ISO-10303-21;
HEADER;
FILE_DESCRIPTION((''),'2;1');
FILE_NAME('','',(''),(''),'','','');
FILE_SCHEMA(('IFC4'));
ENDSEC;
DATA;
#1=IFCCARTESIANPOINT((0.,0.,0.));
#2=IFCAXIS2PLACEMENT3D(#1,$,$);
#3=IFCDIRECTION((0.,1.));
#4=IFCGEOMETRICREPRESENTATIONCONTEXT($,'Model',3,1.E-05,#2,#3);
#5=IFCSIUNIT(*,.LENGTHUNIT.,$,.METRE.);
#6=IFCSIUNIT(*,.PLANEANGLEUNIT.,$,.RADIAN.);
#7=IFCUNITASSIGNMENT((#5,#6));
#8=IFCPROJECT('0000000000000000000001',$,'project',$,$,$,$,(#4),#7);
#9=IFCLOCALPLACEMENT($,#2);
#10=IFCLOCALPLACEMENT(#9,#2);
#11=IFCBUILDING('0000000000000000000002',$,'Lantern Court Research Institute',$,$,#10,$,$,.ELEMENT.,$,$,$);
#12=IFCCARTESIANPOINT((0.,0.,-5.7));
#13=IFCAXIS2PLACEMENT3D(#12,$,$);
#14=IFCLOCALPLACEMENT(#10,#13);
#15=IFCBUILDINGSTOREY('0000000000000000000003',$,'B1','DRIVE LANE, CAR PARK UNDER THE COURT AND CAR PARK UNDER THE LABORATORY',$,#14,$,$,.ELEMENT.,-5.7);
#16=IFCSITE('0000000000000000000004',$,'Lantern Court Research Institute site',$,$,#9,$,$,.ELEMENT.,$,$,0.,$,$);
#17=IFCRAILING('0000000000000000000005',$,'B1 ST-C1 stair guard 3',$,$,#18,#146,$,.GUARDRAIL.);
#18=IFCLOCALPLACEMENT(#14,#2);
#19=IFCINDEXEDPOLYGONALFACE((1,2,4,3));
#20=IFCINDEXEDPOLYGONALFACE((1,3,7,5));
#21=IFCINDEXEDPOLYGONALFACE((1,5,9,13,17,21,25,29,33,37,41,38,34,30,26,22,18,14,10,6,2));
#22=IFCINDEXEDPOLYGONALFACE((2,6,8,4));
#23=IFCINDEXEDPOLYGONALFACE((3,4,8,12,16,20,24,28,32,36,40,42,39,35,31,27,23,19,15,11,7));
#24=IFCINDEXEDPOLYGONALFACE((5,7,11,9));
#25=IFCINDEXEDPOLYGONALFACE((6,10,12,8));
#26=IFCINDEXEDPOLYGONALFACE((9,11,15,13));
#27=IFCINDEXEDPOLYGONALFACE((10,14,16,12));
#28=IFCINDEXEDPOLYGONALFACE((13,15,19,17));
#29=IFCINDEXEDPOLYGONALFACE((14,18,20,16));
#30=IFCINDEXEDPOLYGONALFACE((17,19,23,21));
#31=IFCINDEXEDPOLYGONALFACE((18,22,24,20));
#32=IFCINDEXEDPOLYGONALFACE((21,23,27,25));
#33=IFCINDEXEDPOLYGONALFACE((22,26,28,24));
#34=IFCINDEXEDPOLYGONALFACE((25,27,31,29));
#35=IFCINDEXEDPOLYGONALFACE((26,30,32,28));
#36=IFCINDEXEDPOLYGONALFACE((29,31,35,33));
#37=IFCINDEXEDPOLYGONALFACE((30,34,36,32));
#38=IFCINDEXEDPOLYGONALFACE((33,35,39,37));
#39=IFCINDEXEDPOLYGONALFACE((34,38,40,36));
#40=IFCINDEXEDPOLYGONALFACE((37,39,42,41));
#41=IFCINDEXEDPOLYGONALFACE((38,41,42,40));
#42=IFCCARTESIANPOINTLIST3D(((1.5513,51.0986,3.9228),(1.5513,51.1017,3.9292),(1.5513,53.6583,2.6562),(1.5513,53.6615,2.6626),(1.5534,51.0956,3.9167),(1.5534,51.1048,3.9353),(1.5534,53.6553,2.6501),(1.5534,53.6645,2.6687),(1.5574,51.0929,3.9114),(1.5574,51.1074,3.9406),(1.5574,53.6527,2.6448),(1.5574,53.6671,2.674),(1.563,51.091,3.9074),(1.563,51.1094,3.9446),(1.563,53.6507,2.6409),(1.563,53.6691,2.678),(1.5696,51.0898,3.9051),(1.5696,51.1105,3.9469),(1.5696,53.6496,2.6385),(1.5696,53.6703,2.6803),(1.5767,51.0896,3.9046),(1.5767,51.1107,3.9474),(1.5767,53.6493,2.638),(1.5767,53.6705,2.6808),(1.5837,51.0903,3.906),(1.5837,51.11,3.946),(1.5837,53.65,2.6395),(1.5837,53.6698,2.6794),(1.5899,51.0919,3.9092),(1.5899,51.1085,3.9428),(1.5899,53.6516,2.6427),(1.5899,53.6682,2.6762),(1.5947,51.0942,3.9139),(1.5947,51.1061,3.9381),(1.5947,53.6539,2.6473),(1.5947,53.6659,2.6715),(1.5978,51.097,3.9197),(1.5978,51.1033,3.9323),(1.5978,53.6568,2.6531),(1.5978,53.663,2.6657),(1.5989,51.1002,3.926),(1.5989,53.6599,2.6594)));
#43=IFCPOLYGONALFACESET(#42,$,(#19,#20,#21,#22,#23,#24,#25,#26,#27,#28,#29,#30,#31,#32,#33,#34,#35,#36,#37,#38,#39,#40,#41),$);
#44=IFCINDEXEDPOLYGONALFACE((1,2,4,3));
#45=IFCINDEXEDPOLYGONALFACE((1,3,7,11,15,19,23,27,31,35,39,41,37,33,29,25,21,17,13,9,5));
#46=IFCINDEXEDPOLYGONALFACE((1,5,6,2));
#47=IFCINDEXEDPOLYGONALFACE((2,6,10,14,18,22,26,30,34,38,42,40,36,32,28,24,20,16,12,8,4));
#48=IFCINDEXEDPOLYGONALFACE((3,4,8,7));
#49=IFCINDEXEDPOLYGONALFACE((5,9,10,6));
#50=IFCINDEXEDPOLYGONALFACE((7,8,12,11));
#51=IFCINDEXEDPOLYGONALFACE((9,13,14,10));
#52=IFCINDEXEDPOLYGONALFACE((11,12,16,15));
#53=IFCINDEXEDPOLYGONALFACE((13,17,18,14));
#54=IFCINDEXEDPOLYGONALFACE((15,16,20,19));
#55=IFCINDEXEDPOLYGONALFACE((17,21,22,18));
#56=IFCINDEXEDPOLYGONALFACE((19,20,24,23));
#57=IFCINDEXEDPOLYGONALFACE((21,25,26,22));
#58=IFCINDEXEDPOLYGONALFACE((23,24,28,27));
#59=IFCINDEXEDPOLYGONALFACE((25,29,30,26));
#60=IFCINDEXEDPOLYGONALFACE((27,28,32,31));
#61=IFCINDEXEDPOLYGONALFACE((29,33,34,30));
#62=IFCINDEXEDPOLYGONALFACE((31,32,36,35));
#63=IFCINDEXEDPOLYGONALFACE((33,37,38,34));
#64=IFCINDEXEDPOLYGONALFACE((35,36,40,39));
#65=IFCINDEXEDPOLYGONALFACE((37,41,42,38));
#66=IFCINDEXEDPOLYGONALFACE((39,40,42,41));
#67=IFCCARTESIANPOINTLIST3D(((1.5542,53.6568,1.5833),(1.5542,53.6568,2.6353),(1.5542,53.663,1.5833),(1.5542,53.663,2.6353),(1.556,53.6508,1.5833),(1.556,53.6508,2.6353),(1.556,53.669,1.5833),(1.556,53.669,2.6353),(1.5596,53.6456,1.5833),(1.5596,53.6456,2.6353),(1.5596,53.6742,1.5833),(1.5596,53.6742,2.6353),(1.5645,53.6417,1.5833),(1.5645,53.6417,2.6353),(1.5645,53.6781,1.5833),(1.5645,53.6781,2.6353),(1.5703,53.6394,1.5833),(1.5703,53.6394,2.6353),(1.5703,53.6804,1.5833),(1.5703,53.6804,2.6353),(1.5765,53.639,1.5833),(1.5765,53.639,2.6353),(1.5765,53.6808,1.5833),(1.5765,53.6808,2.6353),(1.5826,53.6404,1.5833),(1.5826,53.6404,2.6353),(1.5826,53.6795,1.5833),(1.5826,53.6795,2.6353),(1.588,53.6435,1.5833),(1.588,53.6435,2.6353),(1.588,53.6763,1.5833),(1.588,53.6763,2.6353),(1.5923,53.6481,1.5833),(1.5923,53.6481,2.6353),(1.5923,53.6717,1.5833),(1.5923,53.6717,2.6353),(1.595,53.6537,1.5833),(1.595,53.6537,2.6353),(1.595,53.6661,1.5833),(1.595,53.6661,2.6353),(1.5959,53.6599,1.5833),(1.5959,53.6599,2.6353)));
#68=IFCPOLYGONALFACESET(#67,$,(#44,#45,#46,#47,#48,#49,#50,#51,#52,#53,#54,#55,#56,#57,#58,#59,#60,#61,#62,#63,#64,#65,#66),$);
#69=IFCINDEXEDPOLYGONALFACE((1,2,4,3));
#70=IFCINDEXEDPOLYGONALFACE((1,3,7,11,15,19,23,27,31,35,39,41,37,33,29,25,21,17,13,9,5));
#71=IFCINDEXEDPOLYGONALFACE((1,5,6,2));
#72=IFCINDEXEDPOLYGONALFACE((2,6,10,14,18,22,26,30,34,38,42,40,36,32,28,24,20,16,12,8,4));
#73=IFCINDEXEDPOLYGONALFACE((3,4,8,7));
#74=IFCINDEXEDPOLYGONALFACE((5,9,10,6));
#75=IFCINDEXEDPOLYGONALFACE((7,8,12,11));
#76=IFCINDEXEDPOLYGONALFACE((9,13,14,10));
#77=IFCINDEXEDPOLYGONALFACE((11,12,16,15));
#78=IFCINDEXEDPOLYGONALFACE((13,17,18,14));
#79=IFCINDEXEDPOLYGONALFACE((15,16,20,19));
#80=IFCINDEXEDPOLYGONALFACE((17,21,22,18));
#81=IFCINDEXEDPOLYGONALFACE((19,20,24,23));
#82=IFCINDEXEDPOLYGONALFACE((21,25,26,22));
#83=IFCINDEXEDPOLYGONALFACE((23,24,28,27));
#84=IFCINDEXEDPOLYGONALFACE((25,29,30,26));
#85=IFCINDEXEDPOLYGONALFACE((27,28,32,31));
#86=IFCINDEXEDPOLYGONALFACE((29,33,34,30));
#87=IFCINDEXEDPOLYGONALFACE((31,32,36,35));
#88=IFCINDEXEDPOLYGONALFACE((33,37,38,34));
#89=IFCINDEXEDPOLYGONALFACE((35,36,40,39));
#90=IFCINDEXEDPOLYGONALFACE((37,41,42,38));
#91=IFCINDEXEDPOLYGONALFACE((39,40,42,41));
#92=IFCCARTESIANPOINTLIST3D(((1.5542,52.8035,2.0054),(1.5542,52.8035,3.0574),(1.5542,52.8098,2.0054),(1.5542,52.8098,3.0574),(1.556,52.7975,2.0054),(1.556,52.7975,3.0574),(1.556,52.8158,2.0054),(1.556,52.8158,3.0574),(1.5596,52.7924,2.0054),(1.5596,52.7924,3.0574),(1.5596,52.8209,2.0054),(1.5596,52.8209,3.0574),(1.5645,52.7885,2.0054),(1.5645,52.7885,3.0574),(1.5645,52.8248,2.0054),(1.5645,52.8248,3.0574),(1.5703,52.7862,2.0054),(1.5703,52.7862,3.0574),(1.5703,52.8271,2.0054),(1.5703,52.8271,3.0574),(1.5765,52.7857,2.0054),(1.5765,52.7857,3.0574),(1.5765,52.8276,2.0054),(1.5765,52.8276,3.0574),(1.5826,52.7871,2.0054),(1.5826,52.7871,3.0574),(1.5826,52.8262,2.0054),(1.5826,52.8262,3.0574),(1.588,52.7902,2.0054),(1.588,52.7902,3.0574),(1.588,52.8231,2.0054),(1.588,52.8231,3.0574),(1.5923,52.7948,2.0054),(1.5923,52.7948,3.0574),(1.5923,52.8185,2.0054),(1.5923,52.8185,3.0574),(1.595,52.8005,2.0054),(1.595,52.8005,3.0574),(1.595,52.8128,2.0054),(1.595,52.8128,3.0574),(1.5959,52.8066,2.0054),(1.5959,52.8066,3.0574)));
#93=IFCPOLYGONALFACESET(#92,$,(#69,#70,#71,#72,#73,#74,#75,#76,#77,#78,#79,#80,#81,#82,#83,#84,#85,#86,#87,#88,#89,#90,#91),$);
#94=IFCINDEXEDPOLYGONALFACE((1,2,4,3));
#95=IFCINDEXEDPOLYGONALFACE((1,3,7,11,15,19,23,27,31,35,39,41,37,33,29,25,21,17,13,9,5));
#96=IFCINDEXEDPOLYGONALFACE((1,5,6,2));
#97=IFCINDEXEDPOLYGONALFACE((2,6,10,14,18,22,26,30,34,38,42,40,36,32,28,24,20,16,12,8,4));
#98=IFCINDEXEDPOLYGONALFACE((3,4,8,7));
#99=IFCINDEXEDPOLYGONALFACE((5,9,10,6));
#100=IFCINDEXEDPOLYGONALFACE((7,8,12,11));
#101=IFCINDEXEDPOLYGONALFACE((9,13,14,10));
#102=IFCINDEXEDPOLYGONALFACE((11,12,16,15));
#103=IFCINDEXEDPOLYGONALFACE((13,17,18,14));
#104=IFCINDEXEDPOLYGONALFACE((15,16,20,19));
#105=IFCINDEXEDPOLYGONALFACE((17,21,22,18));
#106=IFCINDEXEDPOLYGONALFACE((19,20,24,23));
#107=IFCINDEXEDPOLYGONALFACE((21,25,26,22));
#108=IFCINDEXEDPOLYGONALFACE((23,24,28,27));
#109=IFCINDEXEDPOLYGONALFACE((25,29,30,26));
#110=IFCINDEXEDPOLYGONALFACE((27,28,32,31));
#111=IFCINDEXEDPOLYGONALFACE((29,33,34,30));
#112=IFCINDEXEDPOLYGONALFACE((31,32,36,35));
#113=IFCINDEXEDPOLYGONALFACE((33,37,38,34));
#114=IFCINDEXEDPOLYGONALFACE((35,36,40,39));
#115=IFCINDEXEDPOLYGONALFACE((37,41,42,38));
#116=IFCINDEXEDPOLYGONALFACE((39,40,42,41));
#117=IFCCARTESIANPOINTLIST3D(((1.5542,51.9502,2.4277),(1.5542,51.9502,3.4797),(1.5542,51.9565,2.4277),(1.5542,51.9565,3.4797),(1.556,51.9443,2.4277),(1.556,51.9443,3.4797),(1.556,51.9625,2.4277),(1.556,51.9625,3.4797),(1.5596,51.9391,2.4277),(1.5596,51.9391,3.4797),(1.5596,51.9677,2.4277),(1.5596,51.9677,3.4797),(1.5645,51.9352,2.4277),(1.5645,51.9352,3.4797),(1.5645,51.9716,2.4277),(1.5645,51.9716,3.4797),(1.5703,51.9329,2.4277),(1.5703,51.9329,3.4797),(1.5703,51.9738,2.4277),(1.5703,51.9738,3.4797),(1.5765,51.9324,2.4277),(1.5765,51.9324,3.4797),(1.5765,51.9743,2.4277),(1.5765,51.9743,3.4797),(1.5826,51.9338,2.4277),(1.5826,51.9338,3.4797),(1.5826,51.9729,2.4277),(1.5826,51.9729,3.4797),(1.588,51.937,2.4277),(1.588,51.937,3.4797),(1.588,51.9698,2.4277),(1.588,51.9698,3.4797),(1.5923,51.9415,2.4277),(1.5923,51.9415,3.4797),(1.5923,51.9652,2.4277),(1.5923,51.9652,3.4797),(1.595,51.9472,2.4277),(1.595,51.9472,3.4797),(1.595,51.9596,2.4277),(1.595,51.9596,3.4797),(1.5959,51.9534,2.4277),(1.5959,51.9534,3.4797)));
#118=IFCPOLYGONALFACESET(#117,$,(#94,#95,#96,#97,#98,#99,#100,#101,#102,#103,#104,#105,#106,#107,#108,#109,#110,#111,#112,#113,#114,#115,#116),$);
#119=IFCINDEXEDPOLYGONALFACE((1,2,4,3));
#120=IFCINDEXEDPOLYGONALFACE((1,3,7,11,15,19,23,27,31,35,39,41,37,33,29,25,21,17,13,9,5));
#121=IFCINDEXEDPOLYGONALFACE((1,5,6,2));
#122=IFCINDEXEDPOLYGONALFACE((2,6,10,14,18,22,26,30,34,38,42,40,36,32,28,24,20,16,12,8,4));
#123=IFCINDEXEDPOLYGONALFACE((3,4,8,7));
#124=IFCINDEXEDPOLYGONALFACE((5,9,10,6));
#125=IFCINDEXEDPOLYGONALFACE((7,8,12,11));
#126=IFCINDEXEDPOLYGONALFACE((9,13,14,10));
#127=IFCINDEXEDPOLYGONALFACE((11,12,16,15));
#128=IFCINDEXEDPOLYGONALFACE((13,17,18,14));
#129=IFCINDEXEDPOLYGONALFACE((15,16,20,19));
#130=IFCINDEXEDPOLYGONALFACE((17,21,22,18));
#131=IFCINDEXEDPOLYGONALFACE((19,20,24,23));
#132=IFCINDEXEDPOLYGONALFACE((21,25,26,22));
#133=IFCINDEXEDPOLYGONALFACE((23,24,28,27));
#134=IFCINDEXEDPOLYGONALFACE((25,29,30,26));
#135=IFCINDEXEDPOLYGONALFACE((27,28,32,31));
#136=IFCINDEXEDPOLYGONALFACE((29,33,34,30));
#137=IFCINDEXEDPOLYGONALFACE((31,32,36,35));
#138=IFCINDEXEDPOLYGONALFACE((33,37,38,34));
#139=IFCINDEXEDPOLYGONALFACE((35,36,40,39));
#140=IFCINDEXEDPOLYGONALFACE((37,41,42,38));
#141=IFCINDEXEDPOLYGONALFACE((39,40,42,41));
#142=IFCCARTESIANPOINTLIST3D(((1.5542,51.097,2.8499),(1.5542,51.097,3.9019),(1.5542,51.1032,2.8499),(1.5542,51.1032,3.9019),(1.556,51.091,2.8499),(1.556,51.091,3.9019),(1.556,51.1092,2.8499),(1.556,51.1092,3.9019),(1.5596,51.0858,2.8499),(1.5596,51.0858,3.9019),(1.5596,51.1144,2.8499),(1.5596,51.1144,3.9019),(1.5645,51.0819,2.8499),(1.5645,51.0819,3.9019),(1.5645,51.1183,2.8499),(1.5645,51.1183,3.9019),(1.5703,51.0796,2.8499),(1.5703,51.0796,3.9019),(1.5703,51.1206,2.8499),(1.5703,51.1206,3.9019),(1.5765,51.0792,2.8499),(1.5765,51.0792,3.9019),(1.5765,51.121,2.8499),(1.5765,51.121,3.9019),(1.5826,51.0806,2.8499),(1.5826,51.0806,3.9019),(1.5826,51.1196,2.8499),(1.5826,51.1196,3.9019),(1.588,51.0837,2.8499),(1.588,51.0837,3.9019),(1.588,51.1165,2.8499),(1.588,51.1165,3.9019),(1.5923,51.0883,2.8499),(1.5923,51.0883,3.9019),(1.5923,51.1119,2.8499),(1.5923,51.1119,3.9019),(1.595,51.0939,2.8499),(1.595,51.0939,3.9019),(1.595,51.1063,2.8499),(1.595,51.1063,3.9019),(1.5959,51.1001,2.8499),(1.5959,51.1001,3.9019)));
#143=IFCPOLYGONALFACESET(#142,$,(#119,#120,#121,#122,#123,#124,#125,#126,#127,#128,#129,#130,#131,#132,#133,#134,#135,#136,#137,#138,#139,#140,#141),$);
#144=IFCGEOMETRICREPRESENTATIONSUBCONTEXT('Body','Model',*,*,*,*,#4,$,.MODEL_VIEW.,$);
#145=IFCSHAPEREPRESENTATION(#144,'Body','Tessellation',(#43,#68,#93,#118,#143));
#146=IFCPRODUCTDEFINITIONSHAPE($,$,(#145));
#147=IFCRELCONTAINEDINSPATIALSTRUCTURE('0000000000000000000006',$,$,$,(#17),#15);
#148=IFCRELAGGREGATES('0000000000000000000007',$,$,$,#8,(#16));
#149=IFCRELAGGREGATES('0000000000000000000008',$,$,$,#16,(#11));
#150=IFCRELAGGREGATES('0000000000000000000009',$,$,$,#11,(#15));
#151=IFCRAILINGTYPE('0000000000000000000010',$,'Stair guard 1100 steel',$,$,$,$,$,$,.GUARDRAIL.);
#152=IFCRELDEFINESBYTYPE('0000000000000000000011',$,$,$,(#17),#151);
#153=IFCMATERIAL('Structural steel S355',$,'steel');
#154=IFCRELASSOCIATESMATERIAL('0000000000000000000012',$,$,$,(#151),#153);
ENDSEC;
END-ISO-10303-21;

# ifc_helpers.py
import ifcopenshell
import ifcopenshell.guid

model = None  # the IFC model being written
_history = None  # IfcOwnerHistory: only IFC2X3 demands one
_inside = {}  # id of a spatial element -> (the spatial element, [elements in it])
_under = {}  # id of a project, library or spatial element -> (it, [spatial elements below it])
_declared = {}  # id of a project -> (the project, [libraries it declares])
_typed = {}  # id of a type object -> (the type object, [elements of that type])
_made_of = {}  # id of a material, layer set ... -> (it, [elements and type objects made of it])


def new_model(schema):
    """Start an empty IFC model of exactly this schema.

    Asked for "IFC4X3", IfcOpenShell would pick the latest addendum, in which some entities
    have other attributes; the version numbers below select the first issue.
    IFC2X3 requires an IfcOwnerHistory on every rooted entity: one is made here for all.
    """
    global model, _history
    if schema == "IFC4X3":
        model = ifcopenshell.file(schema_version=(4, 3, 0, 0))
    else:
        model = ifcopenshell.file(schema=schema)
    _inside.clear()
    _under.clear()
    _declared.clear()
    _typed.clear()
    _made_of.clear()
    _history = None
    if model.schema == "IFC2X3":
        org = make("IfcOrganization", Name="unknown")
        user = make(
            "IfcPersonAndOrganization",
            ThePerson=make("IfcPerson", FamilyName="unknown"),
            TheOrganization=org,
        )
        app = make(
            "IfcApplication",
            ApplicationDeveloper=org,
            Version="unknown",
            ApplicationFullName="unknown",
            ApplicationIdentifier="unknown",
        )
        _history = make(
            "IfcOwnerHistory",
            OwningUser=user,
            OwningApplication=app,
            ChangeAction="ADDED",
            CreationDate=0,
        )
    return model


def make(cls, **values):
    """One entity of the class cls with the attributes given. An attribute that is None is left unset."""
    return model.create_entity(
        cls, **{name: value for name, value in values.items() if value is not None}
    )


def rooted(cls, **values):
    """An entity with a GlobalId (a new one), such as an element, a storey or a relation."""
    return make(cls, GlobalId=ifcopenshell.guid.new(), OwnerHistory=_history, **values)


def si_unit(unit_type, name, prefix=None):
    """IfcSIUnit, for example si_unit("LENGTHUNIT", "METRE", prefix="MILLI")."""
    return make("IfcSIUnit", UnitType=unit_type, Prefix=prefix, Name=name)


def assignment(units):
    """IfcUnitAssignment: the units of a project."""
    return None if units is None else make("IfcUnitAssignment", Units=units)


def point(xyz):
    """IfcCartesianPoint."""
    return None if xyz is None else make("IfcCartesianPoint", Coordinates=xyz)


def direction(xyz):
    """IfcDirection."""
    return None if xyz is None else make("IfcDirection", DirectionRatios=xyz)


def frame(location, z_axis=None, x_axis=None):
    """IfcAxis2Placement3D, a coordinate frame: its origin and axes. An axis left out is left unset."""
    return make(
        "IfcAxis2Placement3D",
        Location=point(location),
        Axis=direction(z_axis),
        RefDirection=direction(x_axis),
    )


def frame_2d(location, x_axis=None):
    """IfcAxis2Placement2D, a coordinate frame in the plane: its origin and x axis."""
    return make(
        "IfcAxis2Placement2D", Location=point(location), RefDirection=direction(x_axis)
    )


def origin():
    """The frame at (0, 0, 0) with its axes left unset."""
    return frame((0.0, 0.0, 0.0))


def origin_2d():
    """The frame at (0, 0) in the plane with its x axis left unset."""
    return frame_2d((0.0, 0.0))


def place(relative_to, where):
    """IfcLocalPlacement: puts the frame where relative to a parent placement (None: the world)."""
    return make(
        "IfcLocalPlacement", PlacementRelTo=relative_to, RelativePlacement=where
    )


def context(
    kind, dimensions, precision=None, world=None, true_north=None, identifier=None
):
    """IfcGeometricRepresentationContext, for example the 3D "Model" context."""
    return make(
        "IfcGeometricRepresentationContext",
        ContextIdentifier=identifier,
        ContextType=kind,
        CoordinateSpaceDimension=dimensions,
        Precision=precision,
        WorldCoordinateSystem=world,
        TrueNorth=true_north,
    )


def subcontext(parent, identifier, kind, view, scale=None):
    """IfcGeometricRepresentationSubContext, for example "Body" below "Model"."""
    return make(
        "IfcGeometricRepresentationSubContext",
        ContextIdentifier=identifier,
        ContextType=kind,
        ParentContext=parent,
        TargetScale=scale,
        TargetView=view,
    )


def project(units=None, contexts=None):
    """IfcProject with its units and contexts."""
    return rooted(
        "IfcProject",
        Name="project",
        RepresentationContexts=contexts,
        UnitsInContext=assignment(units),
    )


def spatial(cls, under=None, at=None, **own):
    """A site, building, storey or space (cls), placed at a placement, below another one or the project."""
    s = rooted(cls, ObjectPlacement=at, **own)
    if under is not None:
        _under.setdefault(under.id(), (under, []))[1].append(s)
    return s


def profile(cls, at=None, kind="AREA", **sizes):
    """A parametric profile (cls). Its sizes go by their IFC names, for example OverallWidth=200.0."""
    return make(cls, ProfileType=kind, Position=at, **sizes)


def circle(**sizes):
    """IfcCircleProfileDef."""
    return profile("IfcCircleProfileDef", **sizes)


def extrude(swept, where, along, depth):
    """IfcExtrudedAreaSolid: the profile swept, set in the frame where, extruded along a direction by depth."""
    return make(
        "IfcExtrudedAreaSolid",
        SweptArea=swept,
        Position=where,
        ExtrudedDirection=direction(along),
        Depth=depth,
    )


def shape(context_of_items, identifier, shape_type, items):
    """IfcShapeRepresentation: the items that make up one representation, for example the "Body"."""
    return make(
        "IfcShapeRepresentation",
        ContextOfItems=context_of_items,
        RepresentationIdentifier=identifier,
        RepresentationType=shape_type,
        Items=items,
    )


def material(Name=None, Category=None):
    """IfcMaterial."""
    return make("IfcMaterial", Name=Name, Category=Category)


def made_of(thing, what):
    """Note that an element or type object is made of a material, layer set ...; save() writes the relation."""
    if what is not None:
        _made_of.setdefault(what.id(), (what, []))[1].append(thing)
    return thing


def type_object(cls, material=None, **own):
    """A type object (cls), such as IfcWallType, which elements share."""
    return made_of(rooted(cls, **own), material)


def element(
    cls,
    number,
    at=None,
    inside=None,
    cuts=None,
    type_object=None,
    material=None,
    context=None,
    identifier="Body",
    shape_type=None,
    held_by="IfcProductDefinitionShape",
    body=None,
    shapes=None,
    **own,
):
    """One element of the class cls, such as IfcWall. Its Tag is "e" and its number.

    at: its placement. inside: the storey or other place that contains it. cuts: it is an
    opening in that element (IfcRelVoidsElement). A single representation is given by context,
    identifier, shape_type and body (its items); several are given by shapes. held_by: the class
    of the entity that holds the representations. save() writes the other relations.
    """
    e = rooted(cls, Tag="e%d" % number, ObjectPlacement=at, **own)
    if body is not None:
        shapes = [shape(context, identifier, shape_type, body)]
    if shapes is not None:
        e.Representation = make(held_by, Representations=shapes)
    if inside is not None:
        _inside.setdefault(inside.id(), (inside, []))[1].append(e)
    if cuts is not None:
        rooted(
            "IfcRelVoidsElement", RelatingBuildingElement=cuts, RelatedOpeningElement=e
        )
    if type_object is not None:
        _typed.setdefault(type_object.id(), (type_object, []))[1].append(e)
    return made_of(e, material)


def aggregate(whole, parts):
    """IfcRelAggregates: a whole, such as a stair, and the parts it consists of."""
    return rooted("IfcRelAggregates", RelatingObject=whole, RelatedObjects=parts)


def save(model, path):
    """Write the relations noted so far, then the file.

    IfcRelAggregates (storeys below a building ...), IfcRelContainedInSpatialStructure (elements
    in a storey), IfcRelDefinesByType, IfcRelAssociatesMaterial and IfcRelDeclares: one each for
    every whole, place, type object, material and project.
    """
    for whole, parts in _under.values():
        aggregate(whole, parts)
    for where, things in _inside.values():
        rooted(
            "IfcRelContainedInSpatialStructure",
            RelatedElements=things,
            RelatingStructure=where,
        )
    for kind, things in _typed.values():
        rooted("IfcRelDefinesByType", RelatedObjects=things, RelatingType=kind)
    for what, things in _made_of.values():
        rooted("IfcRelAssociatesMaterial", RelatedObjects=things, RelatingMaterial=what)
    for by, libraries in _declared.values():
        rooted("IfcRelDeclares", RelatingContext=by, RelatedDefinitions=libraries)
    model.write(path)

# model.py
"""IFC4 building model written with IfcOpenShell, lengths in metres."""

from ifc_helpers import new_model, si_unit, direction, frame, origin, origin_2d, place, context, subcontext, project, spatial, circle, extrude, material, type_object, element, save


model = new_model("IFC4")

# Units and contexts
model_context = context("Model", 3, precision=1e-05, world=origin(), true_north=direction((0.0, 1.0)))
body_context = subcontext(model_context, "Body", "Model", "MODEL_VIEW")
ifc_project = project(units=[si_unit("LENGTHUNIT", "METRE"), si_unit("PLANEANGLEUNIT", "RADIAN")], contexts=[model_context])

# Site, building, storey
site_placement = place(None, origin())
site = spatial("IfcSite", under=ifc_project, at=site_placement, Name="Lantern Court Research Institute site", CompositionType="ELEMENT", RefElevation=0.0)
building_placement = place(site_placement, origin())
building = spatial("IfcBuilding", under=site, at=building_placement, Name="Lantern Court Research Institute", CompositionType="ELEMENT")
storey_placement = place(building_placement, frame((0.0, 0.0, -5.7)))
storey = spatial("IfcBuildingStorey", under=building, at=storey_placement, Name="B1", Description="DRIVE LANE, CAR PARK UNDER THE COURT AND CAR PARK UNDER THE LABORATORY", CompositionType="ELEMENT", Elevation=-5.7)

# Railing
ifc_material_1 = material(Name="Structural steel S355", Category="steel")
railing_type_1 = type_object("IfcRailingType", Name="Stair guard 1100 steel", PredefinedType="GUARDRAIL", material=ifc_material_1)
railing_1_placement = place(storey_placement, frame((1.575, 53.6599, 1.5833)))
element("IfcRailing", 1, at=railing_1_placement, inside=storey, type_object=railing_type_1, Name="B1 ST-C1 stair guard 3", PredefinedType="GUARDRAIL", context=body_context, shape_type="SweptSolid", body=[
    extrude(circle(Radius=0.0239, at=origin_2d()), frame((0.0, 0.0, 1.0762), z_axis=(0.0, -0.896283, 0.443483), x_axis=(1.0, 0.0, 0.0)), (0.0, 0.0, 1.0), 2.856),
    extrude(circle(Radius=0.021, at=origin_2d()), origin(), (0.0, 0.0, 1.0), 1.052),
    extrude(circle(Radius=0.021, at=origin_2d()), frame((0.0, -0.8533, 0.4221)), (0.0, 0.0, 1.0), 1.052),
    extrude(circle(Radius=0.021, at=origin_2d()), frame((0.0, -1.7065, 0.8445)), (0.0, 0.0, 1.0), 1.052),
    extrude(circle(Radius=0.021, at=origin_2d()), frame((0.0, -2.5598, 1.2666)), (0.0, 0.0, 1.0), 1.052),
])

save(model, "model.ifc")
